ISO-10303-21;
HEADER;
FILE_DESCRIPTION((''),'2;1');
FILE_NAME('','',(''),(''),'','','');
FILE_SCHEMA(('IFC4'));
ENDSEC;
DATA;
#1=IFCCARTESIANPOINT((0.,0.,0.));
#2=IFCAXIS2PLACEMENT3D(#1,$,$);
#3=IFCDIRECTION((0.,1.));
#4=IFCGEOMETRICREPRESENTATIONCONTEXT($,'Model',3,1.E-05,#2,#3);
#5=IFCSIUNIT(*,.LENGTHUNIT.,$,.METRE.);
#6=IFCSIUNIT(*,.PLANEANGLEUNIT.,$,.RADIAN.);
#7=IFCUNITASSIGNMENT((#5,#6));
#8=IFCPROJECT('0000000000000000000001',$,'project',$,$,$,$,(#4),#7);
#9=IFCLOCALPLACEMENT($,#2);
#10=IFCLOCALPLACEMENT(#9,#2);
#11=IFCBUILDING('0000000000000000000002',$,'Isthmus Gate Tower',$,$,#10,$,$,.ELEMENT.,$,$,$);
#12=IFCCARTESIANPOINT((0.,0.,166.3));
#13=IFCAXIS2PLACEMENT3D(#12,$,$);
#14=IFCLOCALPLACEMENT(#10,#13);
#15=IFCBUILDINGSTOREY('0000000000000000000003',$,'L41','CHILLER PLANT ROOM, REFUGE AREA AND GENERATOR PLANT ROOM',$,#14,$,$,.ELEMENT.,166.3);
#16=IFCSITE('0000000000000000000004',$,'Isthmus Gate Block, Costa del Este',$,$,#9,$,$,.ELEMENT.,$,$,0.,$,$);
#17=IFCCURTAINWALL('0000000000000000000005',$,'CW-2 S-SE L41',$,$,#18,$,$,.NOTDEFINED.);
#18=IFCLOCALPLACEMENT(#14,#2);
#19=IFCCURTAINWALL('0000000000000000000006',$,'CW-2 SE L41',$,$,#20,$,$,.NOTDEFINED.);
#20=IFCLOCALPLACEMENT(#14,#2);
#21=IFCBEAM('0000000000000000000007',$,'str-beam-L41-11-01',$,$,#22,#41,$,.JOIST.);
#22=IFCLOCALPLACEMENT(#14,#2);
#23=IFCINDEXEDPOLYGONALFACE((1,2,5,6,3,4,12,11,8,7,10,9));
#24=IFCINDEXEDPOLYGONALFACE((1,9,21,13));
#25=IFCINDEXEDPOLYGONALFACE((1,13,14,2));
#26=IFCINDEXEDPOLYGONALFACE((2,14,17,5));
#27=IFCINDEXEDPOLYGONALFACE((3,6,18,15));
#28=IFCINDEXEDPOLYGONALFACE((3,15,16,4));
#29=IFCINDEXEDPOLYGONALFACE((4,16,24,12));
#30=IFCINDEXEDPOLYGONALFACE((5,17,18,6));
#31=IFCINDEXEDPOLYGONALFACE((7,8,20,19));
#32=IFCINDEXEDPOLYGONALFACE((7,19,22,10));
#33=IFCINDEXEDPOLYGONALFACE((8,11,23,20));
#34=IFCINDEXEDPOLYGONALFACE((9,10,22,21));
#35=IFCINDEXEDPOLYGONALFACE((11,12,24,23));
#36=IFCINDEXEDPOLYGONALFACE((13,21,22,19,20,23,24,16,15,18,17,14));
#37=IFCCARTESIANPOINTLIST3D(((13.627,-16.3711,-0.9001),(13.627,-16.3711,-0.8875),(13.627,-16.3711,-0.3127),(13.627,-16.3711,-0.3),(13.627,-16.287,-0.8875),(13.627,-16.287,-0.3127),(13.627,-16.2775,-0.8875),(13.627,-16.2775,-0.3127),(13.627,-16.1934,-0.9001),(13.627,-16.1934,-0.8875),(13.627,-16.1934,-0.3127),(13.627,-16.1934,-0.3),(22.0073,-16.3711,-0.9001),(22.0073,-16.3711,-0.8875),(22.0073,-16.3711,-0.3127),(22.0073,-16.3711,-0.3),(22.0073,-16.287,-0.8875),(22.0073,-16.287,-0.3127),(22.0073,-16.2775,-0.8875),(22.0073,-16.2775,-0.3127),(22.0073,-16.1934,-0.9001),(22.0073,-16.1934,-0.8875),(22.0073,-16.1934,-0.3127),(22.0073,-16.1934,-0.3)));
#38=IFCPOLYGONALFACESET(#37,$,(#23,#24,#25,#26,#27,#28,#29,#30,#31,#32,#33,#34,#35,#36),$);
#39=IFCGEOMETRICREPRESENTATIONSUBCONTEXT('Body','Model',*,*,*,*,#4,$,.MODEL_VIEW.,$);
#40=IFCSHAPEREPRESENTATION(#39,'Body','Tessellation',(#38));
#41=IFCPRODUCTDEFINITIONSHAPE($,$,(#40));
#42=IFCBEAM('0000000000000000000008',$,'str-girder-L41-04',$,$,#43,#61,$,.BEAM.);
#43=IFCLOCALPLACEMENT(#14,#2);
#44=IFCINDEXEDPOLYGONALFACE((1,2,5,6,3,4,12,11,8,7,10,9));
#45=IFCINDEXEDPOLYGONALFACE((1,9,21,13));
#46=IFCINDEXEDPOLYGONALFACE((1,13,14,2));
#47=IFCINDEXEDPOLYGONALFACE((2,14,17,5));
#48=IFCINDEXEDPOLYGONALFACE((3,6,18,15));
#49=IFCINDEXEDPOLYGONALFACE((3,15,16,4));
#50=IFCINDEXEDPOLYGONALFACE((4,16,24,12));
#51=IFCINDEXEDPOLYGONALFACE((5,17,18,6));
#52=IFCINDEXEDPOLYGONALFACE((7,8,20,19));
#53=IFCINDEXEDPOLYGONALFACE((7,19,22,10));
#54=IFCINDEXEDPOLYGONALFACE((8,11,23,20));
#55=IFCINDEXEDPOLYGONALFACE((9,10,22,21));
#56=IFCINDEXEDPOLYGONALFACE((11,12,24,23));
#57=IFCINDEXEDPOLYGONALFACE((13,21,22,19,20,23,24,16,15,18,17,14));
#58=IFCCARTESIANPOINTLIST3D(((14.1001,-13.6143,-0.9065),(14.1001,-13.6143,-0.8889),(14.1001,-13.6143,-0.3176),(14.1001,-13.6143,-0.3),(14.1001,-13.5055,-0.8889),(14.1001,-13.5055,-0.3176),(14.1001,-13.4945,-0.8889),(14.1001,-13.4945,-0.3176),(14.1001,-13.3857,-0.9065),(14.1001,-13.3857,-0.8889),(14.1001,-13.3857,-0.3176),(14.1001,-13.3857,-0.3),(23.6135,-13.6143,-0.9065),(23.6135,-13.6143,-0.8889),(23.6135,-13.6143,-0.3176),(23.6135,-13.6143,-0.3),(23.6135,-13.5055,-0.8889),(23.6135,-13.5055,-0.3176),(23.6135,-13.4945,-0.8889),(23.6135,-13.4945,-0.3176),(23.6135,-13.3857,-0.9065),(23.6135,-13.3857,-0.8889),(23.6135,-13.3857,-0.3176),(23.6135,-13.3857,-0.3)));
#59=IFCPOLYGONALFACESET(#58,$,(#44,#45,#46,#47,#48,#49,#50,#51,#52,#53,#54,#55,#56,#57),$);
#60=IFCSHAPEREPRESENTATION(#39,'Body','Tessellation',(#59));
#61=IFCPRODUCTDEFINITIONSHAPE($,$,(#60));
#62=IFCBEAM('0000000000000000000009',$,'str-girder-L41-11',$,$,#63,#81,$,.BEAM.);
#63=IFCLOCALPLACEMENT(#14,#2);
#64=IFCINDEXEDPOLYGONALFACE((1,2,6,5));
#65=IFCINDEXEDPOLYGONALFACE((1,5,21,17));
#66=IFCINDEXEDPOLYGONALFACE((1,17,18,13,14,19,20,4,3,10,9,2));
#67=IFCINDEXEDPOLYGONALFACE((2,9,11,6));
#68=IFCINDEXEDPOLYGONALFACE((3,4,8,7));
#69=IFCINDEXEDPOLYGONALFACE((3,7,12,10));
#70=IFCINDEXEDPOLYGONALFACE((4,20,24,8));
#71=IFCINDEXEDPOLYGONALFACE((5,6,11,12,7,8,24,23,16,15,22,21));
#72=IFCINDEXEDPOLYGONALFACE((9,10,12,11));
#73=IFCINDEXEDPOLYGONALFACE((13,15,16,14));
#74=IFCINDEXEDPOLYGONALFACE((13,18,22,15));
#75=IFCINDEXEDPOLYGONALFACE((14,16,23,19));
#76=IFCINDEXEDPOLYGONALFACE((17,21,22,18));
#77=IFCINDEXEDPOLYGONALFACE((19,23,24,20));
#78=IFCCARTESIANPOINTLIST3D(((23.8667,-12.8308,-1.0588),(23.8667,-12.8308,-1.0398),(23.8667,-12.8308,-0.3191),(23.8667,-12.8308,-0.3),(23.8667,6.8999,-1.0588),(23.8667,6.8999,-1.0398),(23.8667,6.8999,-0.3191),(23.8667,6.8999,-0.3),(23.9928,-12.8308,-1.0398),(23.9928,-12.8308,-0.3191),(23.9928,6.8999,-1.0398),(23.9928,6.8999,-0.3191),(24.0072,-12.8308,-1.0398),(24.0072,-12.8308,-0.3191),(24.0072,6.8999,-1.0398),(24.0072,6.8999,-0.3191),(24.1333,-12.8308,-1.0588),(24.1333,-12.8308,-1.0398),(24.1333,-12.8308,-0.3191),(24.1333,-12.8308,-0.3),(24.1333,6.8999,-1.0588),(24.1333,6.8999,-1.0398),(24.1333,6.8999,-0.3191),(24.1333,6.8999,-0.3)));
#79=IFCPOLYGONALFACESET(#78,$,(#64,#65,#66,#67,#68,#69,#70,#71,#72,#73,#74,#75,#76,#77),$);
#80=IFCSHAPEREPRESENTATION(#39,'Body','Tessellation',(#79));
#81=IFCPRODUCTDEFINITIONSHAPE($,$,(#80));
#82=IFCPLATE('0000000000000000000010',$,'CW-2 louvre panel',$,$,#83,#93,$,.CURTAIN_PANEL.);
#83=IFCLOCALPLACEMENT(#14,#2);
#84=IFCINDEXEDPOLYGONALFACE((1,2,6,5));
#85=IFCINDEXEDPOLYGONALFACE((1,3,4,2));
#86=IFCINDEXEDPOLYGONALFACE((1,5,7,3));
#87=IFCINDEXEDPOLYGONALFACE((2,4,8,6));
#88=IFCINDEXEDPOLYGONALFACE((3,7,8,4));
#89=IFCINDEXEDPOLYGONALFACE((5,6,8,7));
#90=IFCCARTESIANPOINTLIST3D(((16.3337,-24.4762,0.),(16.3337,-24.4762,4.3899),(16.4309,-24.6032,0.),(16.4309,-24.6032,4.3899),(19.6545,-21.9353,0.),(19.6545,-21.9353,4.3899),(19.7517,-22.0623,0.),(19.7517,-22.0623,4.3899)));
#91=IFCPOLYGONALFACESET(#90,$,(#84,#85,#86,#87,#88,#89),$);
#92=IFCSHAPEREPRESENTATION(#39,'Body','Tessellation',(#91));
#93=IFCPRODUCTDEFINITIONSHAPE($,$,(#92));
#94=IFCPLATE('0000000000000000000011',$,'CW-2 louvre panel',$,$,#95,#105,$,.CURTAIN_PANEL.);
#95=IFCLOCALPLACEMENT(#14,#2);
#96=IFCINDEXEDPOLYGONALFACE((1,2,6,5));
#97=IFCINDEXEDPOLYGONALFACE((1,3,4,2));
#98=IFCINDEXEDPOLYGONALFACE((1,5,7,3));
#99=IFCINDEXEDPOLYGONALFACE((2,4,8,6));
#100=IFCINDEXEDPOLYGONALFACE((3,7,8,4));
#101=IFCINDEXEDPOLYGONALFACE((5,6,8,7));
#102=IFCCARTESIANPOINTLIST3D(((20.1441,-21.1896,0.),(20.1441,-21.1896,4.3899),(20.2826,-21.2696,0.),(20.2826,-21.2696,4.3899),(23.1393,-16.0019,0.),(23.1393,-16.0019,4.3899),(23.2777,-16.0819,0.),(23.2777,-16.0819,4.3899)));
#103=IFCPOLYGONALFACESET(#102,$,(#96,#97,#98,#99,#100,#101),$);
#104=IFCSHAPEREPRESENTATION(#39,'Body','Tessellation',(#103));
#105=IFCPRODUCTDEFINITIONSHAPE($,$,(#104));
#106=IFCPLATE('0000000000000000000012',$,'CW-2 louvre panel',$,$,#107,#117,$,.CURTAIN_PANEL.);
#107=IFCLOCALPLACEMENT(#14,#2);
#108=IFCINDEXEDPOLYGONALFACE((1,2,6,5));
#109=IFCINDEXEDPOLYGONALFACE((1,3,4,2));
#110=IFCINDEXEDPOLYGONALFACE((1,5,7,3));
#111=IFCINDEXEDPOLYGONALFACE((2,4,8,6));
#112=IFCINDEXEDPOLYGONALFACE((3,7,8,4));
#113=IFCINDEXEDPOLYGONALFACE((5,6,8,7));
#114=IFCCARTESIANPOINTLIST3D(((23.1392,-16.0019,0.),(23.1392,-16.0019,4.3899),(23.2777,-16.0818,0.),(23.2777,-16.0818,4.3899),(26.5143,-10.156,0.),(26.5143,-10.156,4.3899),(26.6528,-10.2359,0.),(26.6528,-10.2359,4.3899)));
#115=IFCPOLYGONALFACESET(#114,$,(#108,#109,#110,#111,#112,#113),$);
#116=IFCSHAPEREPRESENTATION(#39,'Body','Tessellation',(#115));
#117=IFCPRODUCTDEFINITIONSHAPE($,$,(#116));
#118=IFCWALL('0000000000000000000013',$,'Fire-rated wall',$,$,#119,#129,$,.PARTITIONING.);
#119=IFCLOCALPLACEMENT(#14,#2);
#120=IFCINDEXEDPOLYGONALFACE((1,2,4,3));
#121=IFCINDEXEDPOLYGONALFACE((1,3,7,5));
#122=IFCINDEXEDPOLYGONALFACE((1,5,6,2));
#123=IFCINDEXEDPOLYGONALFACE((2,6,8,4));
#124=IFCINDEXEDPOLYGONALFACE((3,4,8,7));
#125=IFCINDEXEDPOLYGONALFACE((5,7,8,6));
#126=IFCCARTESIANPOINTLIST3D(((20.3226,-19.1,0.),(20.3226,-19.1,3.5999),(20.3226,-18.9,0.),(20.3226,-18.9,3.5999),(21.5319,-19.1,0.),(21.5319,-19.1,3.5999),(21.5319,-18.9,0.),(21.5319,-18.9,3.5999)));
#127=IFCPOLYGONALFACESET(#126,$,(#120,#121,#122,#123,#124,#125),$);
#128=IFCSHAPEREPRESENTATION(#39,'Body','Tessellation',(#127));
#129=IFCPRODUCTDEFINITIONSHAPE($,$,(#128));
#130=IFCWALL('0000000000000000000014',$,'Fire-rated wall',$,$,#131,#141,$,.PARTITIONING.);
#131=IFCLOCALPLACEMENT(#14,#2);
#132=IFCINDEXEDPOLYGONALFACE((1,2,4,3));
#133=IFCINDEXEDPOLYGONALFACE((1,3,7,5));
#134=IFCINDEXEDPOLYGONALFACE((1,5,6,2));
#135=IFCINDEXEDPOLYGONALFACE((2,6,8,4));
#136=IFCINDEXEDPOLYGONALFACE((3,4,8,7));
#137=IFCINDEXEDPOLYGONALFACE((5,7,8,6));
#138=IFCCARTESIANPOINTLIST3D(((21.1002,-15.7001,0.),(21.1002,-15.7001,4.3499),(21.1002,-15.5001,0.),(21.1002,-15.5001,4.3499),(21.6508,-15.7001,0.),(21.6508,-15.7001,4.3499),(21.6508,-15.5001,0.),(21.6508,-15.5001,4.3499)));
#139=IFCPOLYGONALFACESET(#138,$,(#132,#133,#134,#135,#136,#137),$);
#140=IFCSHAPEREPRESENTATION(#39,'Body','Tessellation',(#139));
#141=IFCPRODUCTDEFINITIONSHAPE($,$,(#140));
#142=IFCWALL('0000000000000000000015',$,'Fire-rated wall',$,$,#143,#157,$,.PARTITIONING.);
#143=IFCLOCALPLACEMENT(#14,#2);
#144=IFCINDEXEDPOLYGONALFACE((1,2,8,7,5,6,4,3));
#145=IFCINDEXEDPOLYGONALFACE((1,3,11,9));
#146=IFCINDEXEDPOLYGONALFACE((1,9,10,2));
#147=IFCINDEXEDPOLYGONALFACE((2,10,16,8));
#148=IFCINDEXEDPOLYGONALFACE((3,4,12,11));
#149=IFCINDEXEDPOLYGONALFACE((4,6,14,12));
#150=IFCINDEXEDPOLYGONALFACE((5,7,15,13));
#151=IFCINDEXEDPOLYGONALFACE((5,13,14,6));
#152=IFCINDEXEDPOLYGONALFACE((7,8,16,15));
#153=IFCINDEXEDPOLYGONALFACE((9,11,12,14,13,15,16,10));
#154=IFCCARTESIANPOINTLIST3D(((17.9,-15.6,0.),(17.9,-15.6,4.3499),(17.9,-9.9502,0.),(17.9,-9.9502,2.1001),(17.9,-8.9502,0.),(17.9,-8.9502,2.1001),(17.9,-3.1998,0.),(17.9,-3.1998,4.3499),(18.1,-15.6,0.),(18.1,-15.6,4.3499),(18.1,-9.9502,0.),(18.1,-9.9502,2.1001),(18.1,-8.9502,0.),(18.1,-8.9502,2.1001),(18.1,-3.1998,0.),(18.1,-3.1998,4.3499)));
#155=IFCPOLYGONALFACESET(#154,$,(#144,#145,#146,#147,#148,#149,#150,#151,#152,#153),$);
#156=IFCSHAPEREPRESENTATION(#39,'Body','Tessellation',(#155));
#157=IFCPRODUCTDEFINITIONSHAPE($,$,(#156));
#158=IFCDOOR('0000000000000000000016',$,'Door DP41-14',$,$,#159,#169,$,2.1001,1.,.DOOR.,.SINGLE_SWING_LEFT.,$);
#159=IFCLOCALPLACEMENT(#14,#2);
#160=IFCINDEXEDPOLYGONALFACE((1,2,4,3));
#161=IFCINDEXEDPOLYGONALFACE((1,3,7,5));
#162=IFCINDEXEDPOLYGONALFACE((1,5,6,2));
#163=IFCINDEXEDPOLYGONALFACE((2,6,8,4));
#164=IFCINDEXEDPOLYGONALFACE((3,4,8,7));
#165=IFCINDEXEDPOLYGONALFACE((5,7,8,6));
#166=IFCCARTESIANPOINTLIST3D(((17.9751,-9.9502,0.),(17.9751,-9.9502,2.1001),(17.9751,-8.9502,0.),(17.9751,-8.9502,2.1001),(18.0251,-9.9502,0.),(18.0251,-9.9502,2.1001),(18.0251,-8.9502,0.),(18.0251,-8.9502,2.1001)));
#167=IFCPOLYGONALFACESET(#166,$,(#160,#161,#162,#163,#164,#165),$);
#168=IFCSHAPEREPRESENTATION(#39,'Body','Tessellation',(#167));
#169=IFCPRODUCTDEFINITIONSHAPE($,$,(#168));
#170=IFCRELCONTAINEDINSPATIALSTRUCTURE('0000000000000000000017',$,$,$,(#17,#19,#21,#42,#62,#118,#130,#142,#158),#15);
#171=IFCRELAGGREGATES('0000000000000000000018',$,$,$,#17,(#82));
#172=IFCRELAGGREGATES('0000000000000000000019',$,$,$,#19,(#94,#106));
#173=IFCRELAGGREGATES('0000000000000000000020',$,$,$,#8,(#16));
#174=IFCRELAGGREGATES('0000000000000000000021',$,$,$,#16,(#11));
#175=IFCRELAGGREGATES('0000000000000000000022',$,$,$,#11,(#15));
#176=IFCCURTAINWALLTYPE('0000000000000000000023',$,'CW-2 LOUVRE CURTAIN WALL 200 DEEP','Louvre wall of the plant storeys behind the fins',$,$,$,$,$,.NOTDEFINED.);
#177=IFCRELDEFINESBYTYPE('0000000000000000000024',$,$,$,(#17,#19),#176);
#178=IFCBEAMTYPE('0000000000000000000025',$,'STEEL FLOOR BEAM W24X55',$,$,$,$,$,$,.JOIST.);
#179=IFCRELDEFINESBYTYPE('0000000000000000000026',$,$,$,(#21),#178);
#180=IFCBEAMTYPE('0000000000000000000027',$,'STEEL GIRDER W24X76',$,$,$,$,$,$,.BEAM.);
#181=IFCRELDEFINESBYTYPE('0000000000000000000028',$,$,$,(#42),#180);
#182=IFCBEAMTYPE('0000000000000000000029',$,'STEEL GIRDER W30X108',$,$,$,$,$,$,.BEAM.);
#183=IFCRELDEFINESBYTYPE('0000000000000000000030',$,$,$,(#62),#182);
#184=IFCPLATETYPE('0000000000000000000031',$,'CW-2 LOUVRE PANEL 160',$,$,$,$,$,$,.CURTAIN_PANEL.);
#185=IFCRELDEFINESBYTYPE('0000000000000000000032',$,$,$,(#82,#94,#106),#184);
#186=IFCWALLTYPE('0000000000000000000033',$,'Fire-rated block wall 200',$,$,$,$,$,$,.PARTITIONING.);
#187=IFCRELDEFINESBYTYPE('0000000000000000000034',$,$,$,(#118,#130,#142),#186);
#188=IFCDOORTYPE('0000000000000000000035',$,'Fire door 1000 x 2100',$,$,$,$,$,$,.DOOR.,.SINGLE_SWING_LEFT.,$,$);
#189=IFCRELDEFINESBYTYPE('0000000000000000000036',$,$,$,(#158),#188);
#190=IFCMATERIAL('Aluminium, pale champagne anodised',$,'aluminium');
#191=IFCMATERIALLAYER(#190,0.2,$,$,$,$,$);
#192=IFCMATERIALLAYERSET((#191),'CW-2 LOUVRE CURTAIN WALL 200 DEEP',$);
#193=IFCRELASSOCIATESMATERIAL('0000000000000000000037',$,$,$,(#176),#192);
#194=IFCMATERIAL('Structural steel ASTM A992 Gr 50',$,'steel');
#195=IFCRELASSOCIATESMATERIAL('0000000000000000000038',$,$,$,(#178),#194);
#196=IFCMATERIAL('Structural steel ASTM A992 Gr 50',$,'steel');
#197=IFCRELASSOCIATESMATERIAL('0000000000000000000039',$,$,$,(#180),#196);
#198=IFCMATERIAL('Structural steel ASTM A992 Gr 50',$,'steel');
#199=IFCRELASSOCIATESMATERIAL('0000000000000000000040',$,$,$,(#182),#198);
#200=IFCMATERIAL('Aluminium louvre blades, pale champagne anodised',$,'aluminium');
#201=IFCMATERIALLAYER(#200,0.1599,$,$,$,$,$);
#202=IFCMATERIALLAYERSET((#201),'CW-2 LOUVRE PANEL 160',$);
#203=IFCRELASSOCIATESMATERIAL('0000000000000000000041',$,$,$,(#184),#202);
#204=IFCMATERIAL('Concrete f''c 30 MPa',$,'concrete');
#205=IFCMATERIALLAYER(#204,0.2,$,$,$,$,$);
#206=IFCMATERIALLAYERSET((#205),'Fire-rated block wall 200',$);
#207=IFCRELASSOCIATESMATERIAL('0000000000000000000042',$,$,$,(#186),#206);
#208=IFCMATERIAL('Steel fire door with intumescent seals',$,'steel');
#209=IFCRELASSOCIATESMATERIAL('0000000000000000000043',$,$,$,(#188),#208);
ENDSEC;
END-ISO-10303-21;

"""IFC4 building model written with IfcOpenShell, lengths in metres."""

from ifc_helpers import new_model, si_unit, direction, frame, frame_2d, origin, origin_2d, place, context, subcontext, project, spatial, rectangle, i_section, extrude, material, layer, layer_set, material_profile, profile_set, type_object, element, fill, aggregate, save


model = new_model("IFC4")

# Units and contexts
model_context = context("Model", 3, precision=1e-05, world=origin(), true_north=direction((0.0, 1.0)))
body_context = subcontext(model_context, "Body", "Model", "MODEL_VIEW")
ifc_project = project(units=[si_unit("LENGTHUNIT", "METRE"), si_unit("PLANEANGLEUNIT", "RADIAN")], contexts=[model_context])

# Site, building, storey
site_placement = place(None, origin())
site = spatial("IfcSite", under=ifc_project, at=site_placement, Name="Isthmus Gate Block, Costa del Este", CompositionType="ELEMENT", RefElevation=0.0)
building_placement = place(site_placement, origin())
building = spatial("IfcBuilding", under=site, at=building_placement, Name="Isthmus Gate Tower", CompositionType="ELEMENT")
storey_placement = place(building_placement, frame((0.0, 0.0, 166.3)))
storey = spatial("IfcBuildingStorey", under=building, at=storey_placement, Name="L41", Description="CHILLER PLANT ROOM, REFUGE AREA AND GENERATOR PLANT ROOM", CompositionType="ELEMENT", Elevation=166.3)

# Curtain walls
ifc_material_1 = material(Name="Aluminium, pale champagne anodised", Category="aluminium")
ifc_layer_1 = layer(ifc_material_1, 0.2)
ifc_layer_set_1 = layer_set([ifc_layer_1], Name="CW-2 LOUVRE CURTAIN WALL 200 DEEP")
curtain_wall_type = type_object("IfcCurtainWallType", Name="CW-2 LOUVRE CURTAIN WALL 200 DEEP", Description="Louvre wall of the plant storeys behind the fins", PredefinedType="NOTDEFINED", material=ifc_layer_set_1)
curtain_wall_1_placement = place(storey_placement, origin())
curtain_wall_1 = element("IfcCurtainWall", 1, at=curtain_wall_1_placement, inside=storey, type_object=curtain_wall_type, Name="CW-2 S-SE L41", PredefinedType="NOTDEFINED")
curtain_wall_2_placement = place(storey_placement, origin())
curtain_wall_2 = element("IfcCurtainWall", 2, at=curtain_wall_2_placement, inside=storey, type_object=curtain_wall_type, Name="CW-2 SE L41", PredefinedType="NOTDEFINED")

# Beams
ifc_material_2 = material(Name="Structural steel ASTM A992 Gr 50", Category="steel")
ifc_material_profile_1 = material_profile(ifc_material_2, i_section(OverallWidth=0.1777, OverallDepth=0.6001, WebThickness=0.0095, FlangeThickness=0.0127, at=origin_2d()), Name="W24X55")
ifc_profile_set_1 = profile_set([ifc_material_profile_1], Name="Structural steel ASTM A992 Gr 50")
beam_type_1 = type_object("IfcBeamType", Name="STEEL FLOOR BEAM W24X55", PredefinedType="JOIST", material=ifc_profile_set_1)
beam_1_placement = place(storey_placement, frame((13.627, -16.2822, -0.6001), z_axis=(1.0, 0.0, 0.0), x_axis=(0.0, 1.0, 0.0)))
element("IfcBeam", 3, at=beam_1_placement, inside=storey, type_object=beam_type_1, Name="str-beam-L41-11-01", PredefinedType="JOIST", context=body_context, shape_type="SweptSolid", body=[
    extrude(i_section(OverallWidth=0.1777, OverallDepth=0.6001, WebThickness=0.0095, FlangeThickness=0.0127, at=origin_2d()), origin(), (0.0, 0.0, 1.0), 8.3804),
])
ifc_material_3 = material(Name="Structural steel ASTM A992 Gr 50", Category="steel")
ifc_material_profile_2 = material_profile(ifc_material_3, i_section(OverallWidth=0.2285, OverallDepth=0.6064, WebThickness=0.011, FlangeThickness=0.0176, at=origin_2d()), Name="W24X76")
ifc_profile_set_2 = profile_set([ifc_material_profile_2], Name="Structural steel ASTM A992 Gr 50")
beam_type_2 = type_object("IfcBeamType", Name="STEEL GIRDER W24X76", PredefinedType="BEAM", material=ifc_profile_set_2)
beam_2_placement = place(storey_placement, frame((14.1001, -13.5, -0.6033), z_axis=(1.0, 0.0, 0.0), x_axis=(0.0, 1.0, 0.0)))
element("IfcBeam", 4, at=beam_2_placement, inside=storey, type_object=beam_type_2, Name="str-girder-L41-04", PredefinedType="BEAM", context=body_context, shape_type="SweptSolid", body=[
    extrude(i_section(OverallWidth=0.2285, OverallDepth=0.6064, WebThickness=0.011, FlangeThickness=0.0176, at=origin_2d()), origin(), (0.0, 0.0, 1.0), 9.5134),
])
ifc_material_4 = material(Name="Structural steel ASTM A992 Gr 50", Category="steel")
ifc_material_profile_3 = material_profile(ifc_material_4, i_section(OverallWidth=0.2666, OverallDepth=0.7588, WebThickness=0.0144, FlangeThickness=0.019, at=origin_2d()), Name="W30X108")
ifc_profile_set_3 = profile_set([ifc_material_profile_3], Name="Structural steel ASTM A992 Gr 50")
beam_type_3 = type_object("IfcBeamType", Name="STEEL GIRDER W30X108", PredefinedType="BEAM", material=ifc_profile_set_3)
beam_3_placement = place(storey_placement, frame((24.0, -12.8308, -0.6794), z_axis=(0.0, 1.0, 0.0), x_axis=(-1.0, 0.0, 0.0)))
element("IfcBeam", 5, at=beam_3_placement, inside=storey, type_object=beam_type_3, Name="str-girder-L41-11", PredefinedType="BEAM", context=body_context, shape_type="SweptSolid", body=[
    extrude(i_section(OverallWidth=0.2666, OverallDepth=0.7588, WebThickness=0.0144, FlangeThickness=0.019, at=origin_2d()), origin(), (0.0, 0.0, 1.0), 19.7307),
])

# Plates
ifc_material_5 = material(Name="Aluminium louvre blades, pale champagne anodised", Category="aluminium")
ifc_layer_2 = layer(ifc_material_5, 0.1599)
ifc_layer_set_2 = layer_set([ifc_layer_2], Name="CW-2 LOUVRE PANEL 160")
plate_type = type_object("IfcPlateType", Name="CW-2 LOUVRE PANEL 160", PredefinedType="CURTAIN_PANEL", material=ifc_layer_set_2)
plate_1_placement = place(storey_placement, frame((18.0427, -23.2693, 0.0), z_axis=(0.0, 0.0, 1.0), x_axis=(0.794189, 0.607671, 0.0)))
plate_1 = element("IfcPlate", 6, at=plate_1_placement, type_object=plate_type, Name="CW-2 louvre panel", PredefinedType="CURTAIN_PANEL", context=body_context, shape_type="SweptSolid", body=[
    extrude(rectangle(XDim=4.1814, YDim=0.1599, at=origin_2d()), origin(), (0.0, 0.0, 1.0), 4.3899),
])
aggregate(curtain_wall_1, [plate_1])
plate_2_placement = place(storey_placement, frame((21.7109, -18.6357, 0.0), z_axis=(0.0, 0.0, 1.0), x_axis=(0.5, 0.866025, 0.0)))
plate_2 = element("IfcPlate", 7, at=plate_2_placement, type_object=plate_type, Name="CW-2 louvre panel", PredefinedType="CURTAIN_PANEL", context=body_context, shape_type="SweptSolid", body=[
    extrude(rectangle(XDim=5.9902, YDim=0.1599, at=origin_2d()), origin(), (0.0, 0.0, 1.0), 4.3899),
])
plate_3_placement = place(storey_placement, frame((24.896, -13.1189, 0.0), z_axis=(0.0, 0.0, 1.0), x_axis=(0.5, 0.866025, 0.0)))
plate_3 = element("IfcPlate", 8, at=plate_3_placement, type_object=plate_type, Name="CW-2 louvre panel", PredefinedType="CURTAIN_PANEL", context=body_context, shape_type="SweptSolid", body=[
    extrude(rectangle(XDim=6.7502, YDim=0.1599, at=origin_2d()), origin(), (0.0, 0.0, 1.0), 4.3899),
])
aggregate(curtain_wall_2, [plate_2, plate_3])

# Walls
ifc_material_6 = material(Name="Concrete f'c 30 MPa", Category="concrete")
ifc_layer_3 = layer(ifc_material_6, 0.2)
ifc_layer_set_3 = layer_set([ifc_layer_3], Name="Fire-rated block wall 200")
wall_type = type_object("IfcWallType", Name="Fire-rated block wall 200", PredefinedType="PARTITIONING", material=ifc_layer_set_3)
wall_1_placement = place(storey_placement, frame((20.3228, -19.0, 0.0), z_axis=(0.0, 0.0, 1.0), x_axis=(1.0, 0.0, 0.0)))
element("IfcWall", 9, at=wall_1_placement, inside=storey, type_object=wall_type, Name="Fire-rated wall", PredefinedType="PARTITIONING", context=body_context, shape_type="SweptSolid", body=[
    extrude(rectangle(XDim=1.2092, YDim=0.2, at=frame_2d((0.6045, 0.0))), origin(), (0.0, 0.0, 1.0), 3.5999),
])
wall_2_placement = place(storey_placement, frame((21.1001, -15.6001, 0.0), z_axis=(0.0, 0.0, 1.0), x_axis=(1.0, 0.0, 0.0)))
element("IfcWall", 10, at=wall_2_placement, inside=storey, type_object=wall_type, Name="Fire-rated wall", PredefinedType="PARTITIONING", context=body_context, shape_type="SweptSolid", body=[
    extrude(rectangle(XDim=0.5505, YDim=0.2, at=frame_2d((0.2754, 0.0))), origin(), (0.0, 0.0, 1.0), 4.3499),
])

# Wall, opening, door
wall_3_placement = place(storey_placement, frame((18.0, -15.6001, 0.0), z_axis=(0.0, 0.0, 1.0), x_axis=(0.0, 1.0, 0.0)))
wall_3 = element("IfcWall", 11, at=wall_3_placement, inside=storey, type_object=wall_type, Name="Fire-rated wall", PredefinedType="PARTITIONING", context=body_context, shape_type="SweptSolid", body=[
    extrude(rectangle(XDim=12.4001, YDim=0.2, at=frame_2d((6.2002, 0.0))), origin(), (0.0, 0.0, 1.0), 4.3499),
])
opening_1_placement = place(wall_3_placement, frame((5.6499, 0.0, 0.0)))
opening_1 = element("IfcOpeningElement", 12, at=opening_1_placement, cuts=wall_3, PredefinedType="OPENING", context=body_context, shape_type="SweptSolid", body=[
    extrude(rectangle(XDim=1.0, YDim=2.1001, at=frame_2d((0.5, 1.05))), frame((0.0, 0.1099, 0.0), z_axis=(0.0, -1.0, 0.0), x_axis=(1.0, 0.0, 0.0)), (0.0, 0.0, 1.0), 0.22),
])
ifc_material_7 = material(Name="Steel fire door with intumescent seals", Category="steel")
door_type = type_object("IfcDoorType", Name="Fire door 1000 x 2100", OperationType="SINGLE_SWING_LEFT", PredefinedType="DOOR", material=ifc_material_7)
door_1_placement = place(opening_1_placement, origin())
door_1 = element("IfcDoor", 13, at=door_1_placement, inside=storey, type_object=door_type, Name="Door DP41-14", OperationType="SINGLE_SWING_LEFT", OverallHeight=2.1001, OverallWidth=1.0, PredefinedType="DOOR", context=body_context, shape_type="SweptSolid", body=[
    extrude(rectangle(XDim=1.0, YDim=2.1001, at=frame_2d((0.5, 1.05))), frame((0.0, 0.0249, 0.0), z_axis=(0.0, -1.0, 0.0), x_axis=(1.0, 0.0, 0.0)), (0.0, 0.0, 1.0), 0.05),
])
fill(opening_1, door_1)

save(model, "model.ifc")
